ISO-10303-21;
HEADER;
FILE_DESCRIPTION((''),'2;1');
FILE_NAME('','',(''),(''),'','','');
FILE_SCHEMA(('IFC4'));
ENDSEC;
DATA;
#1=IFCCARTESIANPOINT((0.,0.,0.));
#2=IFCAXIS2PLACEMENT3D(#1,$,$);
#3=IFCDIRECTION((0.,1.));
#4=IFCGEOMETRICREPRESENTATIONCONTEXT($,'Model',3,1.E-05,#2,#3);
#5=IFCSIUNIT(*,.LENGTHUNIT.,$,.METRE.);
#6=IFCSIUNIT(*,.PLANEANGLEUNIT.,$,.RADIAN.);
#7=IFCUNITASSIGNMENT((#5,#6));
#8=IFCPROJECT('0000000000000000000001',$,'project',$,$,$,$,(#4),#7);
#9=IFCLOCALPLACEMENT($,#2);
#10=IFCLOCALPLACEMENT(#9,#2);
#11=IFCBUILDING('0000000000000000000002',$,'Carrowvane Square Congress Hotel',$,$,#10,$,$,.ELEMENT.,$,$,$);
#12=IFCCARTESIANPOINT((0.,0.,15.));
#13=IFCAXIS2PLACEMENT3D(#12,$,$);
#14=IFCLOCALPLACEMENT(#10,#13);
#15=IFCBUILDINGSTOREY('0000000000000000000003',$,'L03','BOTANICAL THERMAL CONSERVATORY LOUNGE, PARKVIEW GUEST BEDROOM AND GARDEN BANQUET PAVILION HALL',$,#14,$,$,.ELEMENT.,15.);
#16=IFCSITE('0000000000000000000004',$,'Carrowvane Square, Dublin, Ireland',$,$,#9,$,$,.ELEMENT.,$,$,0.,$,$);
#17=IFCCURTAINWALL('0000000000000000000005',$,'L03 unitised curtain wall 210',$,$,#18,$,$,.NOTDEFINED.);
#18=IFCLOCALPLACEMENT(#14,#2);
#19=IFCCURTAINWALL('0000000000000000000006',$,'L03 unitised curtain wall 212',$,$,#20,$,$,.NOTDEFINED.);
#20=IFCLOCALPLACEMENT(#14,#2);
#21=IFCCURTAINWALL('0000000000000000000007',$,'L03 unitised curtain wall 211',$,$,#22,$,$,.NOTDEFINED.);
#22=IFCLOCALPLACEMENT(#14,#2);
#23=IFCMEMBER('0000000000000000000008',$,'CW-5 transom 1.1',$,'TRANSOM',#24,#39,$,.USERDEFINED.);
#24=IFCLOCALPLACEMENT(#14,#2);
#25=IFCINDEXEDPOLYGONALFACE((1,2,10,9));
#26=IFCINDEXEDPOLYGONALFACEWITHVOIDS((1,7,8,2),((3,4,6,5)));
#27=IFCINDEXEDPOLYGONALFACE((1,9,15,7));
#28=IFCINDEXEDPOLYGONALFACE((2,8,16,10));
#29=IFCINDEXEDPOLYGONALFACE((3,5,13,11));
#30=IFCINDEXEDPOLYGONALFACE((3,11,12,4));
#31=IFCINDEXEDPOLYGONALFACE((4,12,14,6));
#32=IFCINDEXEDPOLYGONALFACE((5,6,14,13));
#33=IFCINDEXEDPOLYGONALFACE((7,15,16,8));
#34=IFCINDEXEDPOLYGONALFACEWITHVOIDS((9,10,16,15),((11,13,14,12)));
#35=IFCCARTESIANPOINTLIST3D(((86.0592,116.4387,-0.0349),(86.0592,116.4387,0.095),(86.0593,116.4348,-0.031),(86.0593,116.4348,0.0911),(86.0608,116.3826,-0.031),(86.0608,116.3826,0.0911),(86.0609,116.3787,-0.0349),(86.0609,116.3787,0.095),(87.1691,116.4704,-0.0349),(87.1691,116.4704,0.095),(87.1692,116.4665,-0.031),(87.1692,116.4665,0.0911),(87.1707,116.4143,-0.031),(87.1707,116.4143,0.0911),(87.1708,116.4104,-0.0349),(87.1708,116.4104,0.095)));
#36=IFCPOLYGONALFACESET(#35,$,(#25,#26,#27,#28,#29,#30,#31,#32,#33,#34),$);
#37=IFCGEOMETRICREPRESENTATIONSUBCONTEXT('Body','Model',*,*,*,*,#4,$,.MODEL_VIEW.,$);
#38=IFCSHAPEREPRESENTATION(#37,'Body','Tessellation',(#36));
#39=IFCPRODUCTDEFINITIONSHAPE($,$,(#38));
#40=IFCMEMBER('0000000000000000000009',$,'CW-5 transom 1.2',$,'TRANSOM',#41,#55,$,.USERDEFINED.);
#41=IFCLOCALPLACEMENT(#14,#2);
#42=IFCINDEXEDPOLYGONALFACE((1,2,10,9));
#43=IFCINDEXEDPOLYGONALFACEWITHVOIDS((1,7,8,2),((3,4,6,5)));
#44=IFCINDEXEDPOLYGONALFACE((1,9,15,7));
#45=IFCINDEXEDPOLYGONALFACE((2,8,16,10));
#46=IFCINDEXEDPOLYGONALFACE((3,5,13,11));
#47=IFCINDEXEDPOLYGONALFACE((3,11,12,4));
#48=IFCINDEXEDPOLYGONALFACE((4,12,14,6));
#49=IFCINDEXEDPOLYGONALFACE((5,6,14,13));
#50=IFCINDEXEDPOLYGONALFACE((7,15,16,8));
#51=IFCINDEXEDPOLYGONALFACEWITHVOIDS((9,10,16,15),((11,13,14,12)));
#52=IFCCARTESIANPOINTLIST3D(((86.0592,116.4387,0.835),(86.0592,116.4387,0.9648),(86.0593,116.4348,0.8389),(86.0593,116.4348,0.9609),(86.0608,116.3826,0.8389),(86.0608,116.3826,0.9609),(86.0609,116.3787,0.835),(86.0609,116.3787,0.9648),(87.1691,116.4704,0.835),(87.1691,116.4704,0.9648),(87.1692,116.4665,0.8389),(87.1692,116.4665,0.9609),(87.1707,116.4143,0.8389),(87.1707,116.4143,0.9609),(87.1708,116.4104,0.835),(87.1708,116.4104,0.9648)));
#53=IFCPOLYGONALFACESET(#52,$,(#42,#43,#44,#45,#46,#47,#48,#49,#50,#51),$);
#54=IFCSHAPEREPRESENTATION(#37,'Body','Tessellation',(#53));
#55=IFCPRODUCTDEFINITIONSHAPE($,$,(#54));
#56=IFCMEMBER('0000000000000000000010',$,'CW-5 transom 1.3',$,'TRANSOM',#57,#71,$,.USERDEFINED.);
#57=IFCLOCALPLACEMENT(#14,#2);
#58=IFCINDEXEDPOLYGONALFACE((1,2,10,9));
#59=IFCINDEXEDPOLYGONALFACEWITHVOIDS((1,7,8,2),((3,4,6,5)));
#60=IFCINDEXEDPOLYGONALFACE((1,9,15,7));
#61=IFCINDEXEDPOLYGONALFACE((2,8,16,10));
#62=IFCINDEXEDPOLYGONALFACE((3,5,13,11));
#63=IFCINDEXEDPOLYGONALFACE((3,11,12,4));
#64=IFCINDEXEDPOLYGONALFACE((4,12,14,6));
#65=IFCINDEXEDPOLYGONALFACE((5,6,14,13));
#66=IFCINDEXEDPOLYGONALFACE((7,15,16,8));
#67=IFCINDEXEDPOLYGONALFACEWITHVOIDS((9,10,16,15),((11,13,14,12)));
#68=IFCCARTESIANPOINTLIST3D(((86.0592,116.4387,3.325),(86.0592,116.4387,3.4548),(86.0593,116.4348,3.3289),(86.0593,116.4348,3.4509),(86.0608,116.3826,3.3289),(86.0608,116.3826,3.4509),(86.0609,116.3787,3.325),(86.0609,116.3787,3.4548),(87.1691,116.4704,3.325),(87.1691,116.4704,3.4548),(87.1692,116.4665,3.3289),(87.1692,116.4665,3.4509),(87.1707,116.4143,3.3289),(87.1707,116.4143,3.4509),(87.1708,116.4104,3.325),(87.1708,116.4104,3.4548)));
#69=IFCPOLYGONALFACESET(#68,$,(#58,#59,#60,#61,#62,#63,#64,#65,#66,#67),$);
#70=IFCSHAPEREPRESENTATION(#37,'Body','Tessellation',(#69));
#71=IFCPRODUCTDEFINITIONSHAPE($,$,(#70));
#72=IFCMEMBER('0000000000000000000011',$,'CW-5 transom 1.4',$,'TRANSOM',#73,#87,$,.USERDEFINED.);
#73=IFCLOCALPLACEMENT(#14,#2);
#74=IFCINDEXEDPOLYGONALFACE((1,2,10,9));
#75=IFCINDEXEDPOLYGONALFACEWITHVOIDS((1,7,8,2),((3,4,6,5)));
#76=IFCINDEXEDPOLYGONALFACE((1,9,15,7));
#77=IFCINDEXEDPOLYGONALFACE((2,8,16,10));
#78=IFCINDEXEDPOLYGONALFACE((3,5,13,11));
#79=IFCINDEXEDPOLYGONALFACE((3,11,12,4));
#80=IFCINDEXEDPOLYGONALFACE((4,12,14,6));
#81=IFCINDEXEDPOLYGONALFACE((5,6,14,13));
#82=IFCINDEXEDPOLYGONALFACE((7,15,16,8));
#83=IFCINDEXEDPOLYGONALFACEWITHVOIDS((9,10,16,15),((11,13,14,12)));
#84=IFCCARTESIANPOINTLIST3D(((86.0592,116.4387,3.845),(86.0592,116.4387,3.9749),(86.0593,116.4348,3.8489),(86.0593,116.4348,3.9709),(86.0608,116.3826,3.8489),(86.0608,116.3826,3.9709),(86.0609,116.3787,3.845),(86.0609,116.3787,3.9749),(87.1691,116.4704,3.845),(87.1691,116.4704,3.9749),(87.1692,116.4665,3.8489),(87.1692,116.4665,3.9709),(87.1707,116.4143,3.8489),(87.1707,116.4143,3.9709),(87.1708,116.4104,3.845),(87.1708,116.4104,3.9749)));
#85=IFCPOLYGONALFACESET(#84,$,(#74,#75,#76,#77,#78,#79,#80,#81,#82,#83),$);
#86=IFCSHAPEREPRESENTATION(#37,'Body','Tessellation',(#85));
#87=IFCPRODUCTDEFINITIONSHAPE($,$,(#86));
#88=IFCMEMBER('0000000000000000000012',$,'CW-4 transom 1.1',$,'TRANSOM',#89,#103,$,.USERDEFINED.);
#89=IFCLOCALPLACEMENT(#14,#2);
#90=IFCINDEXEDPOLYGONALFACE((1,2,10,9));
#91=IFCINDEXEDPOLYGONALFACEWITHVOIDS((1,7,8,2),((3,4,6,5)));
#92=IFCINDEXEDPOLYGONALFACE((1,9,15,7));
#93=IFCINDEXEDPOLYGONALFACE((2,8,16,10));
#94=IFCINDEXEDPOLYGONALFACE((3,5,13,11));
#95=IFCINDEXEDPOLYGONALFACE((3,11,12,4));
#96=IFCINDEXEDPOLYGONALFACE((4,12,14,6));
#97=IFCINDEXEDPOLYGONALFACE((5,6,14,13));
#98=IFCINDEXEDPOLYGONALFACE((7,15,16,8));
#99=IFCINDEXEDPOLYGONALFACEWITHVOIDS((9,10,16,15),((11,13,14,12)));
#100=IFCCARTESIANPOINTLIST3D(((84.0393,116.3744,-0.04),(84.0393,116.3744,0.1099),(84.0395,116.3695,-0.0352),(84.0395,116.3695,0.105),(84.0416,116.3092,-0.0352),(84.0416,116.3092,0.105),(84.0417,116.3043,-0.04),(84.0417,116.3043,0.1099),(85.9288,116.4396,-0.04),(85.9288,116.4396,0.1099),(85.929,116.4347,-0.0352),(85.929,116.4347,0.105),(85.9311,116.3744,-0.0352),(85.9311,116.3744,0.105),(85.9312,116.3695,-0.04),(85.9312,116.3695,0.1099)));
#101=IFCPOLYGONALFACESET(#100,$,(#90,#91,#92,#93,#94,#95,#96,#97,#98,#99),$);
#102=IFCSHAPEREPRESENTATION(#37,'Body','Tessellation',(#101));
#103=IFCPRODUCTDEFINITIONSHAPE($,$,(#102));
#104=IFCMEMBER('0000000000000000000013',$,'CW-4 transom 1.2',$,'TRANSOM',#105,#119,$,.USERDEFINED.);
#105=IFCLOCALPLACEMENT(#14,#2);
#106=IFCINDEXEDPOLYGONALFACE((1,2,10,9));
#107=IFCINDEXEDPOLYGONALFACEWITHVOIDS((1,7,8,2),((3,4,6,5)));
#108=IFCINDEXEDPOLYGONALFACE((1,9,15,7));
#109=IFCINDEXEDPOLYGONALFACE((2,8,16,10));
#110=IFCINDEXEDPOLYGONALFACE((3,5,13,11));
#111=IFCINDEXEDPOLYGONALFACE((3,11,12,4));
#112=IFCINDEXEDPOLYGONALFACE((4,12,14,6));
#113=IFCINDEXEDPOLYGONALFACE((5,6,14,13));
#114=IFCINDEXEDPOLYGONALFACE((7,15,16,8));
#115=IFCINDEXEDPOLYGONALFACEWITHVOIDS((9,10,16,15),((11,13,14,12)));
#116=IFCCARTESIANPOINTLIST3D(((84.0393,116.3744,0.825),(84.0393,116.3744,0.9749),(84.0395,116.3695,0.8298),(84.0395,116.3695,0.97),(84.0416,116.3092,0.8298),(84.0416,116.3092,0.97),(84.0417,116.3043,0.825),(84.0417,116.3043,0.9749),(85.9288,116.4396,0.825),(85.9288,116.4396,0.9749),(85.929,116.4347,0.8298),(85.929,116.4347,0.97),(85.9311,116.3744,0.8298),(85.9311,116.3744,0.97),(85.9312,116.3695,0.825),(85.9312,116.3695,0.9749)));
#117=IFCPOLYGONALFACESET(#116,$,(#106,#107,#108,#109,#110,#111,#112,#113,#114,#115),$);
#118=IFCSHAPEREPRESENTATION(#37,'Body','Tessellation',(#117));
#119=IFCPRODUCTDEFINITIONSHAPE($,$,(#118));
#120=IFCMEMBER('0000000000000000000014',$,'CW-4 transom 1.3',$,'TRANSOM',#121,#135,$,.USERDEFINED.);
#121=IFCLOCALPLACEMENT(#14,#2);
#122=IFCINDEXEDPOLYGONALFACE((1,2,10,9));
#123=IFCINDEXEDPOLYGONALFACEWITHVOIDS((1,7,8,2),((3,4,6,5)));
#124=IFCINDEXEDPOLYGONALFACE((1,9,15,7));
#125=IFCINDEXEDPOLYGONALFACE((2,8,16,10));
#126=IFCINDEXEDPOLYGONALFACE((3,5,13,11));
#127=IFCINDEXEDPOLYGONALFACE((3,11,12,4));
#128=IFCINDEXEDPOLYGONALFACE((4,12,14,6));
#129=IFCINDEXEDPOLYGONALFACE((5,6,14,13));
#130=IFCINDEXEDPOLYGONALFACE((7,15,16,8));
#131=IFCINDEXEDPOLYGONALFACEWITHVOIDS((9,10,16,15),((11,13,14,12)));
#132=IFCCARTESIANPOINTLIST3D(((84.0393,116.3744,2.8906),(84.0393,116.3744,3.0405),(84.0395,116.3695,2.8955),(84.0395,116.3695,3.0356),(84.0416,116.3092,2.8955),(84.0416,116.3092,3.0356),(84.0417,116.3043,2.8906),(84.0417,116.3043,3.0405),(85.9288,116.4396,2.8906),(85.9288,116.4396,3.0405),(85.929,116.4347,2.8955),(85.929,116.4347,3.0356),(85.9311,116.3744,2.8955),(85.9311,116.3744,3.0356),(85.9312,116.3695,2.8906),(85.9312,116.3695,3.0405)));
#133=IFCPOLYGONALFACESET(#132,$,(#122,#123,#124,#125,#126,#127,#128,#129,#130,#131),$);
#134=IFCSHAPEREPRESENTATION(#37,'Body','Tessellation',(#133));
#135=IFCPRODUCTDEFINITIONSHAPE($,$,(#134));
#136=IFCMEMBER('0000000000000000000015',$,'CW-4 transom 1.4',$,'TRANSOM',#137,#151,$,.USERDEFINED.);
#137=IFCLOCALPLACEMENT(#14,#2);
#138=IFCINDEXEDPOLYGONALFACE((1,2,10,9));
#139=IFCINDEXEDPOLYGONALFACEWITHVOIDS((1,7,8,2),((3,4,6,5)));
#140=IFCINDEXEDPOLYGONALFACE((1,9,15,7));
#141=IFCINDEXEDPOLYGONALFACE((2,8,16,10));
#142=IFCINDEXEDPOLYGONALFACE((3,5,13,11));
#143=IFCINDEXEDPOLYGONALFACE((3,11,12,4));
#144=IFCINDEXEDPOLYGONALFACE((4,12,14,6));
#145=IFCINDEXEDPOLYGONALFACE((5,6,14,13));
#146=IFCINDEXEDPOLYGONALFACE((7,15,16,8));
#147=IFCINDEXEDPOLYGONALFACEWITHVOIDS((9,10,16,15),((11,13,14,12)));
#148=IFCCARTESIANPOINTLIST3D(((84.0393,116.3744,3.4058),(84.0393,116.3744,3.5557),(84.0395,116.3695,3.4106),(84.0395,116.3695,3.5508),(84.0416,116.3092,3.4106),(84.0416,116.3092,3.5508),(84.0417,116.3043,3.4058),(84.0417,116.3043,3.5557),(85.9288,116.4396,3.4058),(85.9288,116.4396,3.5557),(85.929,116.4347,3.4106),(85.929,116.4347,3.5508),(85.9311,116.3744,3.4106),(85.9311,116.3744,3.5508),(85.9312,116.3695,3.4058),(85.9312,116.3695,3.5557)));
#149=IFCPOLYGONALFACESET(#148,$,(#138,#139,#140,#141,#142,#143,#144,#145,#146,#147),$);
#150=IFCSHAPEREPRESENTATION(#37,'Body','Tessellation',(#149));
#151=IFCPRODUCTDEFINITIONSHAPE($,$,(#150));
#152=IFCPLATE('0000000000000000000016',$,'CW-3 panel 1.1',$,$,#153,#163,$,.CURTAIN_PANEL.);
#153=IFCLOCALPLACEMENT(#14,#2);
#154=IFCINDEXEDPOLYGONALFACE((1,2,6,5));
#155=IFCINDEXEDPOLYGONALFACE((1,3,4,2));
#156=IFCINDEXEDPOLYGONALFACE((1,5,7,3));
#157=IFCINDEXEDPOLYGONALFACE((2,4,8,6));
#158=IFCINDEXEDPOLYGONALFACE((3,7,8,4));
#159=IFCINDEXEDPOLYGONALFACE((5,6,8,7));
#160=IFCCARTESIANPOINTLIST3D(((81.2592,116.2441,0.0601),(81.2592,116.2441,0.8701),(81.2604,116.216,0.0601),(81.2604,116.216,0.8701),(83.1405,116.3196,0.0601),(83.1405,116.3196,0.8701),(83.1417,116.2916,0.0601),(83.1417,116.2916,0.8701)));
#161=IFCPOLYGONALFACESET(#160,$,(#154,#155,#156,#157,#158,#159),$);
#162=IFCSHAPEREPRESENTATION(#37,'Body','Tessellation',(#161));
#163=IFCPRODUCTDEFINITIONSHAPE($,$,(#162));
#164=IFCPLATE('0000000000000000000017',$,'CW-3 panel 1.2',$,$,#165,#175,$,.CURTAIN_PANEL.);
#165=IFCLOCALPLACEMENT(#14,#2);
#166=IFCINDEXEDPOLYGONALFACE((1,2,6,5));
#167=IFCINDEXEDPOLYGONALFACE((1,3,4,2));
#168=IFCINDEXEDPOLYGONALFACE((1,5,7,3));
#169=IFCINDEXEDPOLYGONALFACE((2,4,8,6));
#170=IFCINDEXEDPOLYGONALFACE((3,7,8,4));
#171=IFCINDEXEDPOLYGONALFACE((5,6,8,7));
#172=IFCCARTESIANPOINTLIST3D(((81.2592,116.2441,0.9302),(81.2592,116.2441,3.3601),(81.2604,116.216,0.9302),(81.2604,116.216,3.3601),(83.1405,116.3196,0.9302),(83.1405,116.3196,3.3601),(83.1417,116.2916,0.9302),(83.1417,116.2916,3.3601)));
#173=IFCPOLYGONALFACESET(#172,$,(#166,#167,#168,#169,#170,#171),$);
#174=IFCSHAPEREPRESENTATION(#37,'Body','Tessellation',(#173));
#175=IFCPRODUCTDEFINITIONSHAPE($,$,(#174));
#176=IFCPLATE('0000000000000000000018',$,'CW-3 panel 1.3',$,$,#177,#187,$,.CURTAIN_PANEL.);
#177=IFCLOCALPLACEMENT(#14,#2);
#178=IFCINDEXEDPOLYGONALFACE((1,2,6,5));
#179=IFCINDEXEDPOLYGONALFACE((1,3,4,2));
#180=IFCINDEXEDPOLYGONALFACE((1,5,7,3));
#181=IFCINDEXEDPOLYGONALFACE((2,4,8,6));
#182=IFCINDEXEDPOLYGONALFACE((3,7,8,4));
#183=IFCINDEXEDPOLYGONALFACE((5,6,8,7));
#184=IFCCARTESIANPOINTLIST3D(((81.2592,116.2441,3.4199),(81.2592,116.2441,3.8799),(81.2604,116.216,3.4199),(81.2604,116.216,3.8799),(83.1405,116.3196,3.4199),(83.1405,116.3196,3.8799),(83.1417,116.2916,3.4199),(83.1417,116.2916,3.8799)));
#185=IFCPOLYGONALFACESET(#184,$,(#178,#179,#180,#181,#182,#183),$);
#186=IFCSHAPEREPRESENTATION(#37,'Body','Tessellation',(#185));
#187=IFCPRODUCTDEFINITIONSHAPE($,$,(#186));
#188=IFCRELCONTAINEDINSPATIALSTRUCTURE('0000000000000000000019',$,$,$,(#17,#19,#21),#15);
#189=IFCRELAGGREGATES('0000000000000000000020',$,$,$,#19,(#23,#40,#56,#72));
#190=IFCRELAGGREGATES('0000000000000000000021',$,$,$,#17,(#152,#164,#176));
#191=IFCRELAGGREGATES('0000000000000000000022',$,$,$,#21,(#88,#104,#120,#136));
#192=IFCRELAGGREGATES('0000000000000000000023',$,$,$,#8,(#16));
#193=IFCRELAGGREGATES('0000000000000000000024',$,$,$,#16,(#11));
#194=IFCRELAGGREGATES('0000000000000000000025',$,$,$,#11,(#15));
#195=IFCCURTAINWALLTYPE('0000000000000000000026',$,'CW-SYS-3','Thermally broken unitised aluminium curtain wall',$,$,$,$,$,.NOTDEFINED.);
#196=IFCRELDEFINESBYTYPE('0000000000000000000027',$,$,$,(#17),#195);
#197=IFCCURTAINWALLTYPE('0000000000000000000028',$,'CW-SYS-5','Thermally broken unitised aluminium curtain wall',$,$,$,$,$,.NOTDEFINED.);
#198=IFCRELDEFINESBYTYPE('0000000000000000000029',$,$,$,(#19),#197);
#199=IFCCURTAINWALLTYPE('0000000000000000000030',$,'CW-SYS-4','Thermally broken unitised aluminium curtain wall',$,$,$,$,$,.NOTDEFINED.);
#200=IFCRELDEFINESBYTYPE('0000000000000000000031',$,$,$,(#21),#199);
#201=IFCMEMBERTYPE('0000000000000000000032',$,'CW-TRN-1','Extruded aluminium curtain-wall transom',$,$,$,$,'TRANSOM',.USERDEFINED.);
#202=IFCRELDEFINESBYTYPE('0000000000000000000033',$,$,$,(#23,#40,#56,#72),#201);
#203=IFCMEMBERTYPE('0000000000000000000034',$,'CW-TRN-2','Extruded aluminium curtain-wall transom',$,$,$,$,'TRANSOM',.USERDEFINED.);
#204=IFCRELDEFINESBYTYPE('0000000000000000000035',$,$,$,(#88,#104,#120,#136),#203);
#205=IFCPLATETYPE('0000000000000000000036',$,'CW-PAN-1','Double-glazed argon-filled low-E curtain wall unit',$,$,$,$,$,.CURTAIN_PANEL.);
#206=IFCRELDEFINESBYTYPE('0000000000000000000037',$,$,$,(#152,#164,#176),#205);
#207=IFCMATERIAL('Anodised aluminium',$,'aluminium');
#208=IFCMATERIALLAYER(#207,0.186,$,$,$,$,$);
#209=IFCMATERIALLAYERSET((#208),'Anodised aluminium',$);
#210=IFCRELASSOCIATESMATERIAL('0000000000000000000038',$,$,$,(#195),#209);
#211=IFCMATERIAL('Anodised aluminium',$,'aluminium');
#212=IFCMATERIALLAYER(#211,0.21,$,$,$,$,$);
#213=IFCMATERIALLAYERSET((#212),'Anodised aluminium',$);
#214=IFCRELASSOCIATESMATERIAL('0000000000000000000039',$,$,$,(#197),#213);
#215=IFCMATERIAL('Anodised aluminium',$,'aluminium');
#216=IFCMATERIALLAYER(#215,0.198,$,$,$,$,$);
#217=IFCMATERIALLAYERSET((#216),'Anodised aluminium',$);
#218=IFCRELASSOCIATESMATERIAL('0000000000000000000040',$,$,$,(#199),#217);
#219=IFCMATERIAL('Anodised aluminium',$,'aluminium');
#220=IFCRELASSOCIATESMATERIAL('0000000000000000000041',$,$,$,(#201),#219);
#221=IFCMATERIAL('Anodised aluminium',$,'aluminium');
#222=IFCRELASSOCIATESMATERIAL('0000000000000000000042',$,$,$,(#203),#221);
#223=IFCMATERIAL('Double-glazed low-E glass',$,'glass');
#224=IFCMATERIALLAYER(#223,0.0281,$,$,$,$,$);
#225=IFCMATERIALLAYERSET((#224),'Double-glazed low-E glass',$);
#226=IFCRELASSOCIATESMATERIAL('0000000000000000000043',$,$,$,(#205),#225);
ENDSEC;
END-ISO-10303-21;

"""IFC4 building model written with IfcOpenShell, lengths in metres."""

from ifc_helpers import new_model, si_unit, direction, frame, origin, origin_2d, place, context, subcontext, project, spatial, rectangle, hollow_rectangle, extrude, material, layer, layer_set, material_profile, profile_set, type_object, element, aggregate, save


model = new_model("IFC4")

# Units and contexts
model_context = context("Model", 3, precision=1e-05, world=origin(), true_north=direction((0.0, 1.0)))
body_context = subcontext(model_context, "Body", "Model", "MODEL_VIEW")
ifc_project = project(units=[si_unit("LENGTHUNIT", "METRE"), si_unit("PLANEANGLEUNIT", "RADIAN")], contexts=[model_context])

# Site, building, storey
site_placement = place(None, origin())
site = spatial("IfcSite", under=ifc_project, at=site_placement, Name="Carrowvane Square, Dublin, Ireland", CompositionType="ELEMENT", RefElevation=0.0)
building_placement = place(site_placement, origin())
building = spatial("IfcBuilding", under=site, at=building_placement, Name="Carrowvane Square Congress Hotel", CompositionType="ELEMENT")
storey_placement = place(building_placement, frame((0.0, 0.0, 15.0)))
storey = spatial("IfcBuildingStorey", under=building, at=storey_placement, Name="L03", Description="BOTANICAL THERMAL CONSERVATORY LOUNGE, PARKVIEW GUEST BEDROOM AND GARDEN BANQUET PAVILION HALL", CompositionType="ELEMENT", Elevation=15.0)

# Curtain walls
ifc_material_1 = material(Name="Anodised aluminium", Category="aluminium")
ifc_layer_1 = layer(ifc_material_1, 0.186)
ifc_layer_set_1 = layer_set([ifc_layer_1], Name="Anodised aluminium")
curtain_wall_type_1 = type_object("IfcCurtainWallType", Name="CW-SYS-3", Description="Thermally broken unitised aluminium curtain wall", PredefinedType="NOTDEFINED", material=ifc_layer_set_1)
curtain_wall_1_placement = place(storey_placement, origin())
curtain_wall_1 = element("IfcCurtainWall", 1, at=curtain_wall_1_placement, inside=storey, type_object=curtain_wall_type_1, Name="L03 unitised curtain wall 210", PredefinedType="NOTDEFINED")
ifc_material_2 = material(Name="Anodised aluminium", Category="aluminium")
ifc_layer_2 = layer(ifc_material_2, 0.21)
ifc_layer_set_2 = layer_set([ifc_layer_2], Name="Anodised aluminium")
curtain_wall_type_2 = type_object("IfcCurtainWallType", Name="CW-SYS-5", Description="Thermally broken unitised aluminium curtain wall", PredefinedType="NOTDEFINED", material=ifc_layer_set_2)
curtain_wall_2_placement = place(storey_placement, origin())
curtain_wall_2 = element("IfcCurtainWall", 2, at=curtain_wall_2_placement, inside=storey, type_object=curtain_wall_type_2, Name="L03 unitised curtain wall 212", PredefinedType="NOTDEFINED")

# Curtain wall
ifc_material_3 = material(Name="Anodised aluminium", Category="aluminium")
ifc_layer_3 = layer(ifc_material_3, 0.198)
ifc_layer_set_3 = layer_set([ifc_layer_3], Name="Anodised aluminium")
curtain_wall_type_3 = type_object("IfcCurtainWallType", Name="CW-SYS-4", Description="Thermally broken unitised aluminium curtain wall", PredefinedType="NOTDEFINED", material=ifc_layer_set_3)
curtain_wall_3_placement = place(storey_placement, origin())
curtain_wall_3 = element("IfcCurtainWall", 3, at=curtain_wall_3_placement, inside=storey, type_object=curtain_wall_type_3, Name="L03 unitised curtain wall 211", PredefinedType="NOTDEFINED")

# Members
ifc_material_4 = material(Name="Anodised aluminium", Category="aluminium")
ifc_material_profile_1 = material_profile(ifc_material_4, hollow_rectangle(XDim=0.0601, YDim=0.1299, WallThickness=0.0039, at=origin_2d()), Name="CW-TR 60x130x4")
ifc_profile_set_1 = profile_set([ifc_material_profile_1], Name="Anodised aluminium")
member_type_1 = type_object("IfcMemberType", Name="CW-TRN-1", Description="Extruded aluminium curtain-wall transom", ElementType="TRANSOM", PredefinedType="USERDEFINED", material=ifc_profile_set_1)
member_1_placement = place(storey_placement, frame((86.0601, 116.4087, 0.03), z_axis=(0.999591, 0.028585, 0.0), x_axis=(-0.028585, 0.999591, 0.0)))
member_1 = element("IfcMember", 4, at=member_1_placement, type_object=member_type_1, Name="CW-5 transom 1.1", ObjectType="TRANSOM", PredefinedType="USERDEFINED", context=body_context, shape_type="SweptSolid", body=[
    extrude(hollow_rectangle(XDim=0.0601, YDim=0.1299, WallThickness=0.0039, at=origin_2d()), origin(), (0.0, 0.0, 1.0), 1.1104),
])
member_2_placement = place(storey_placement, frame((86.0601, 116.4087, 0.8999), z_axis=(0.999591, 0.028585, 0.0), x_axis=(-0.028585, 0.999591, 0.0)))
member_2 = element("IfcMember", 5, at=member_2_placement, type_object=member_type_1, Name="CW-5 transom 1.2", ObjectType="TRANSOM", PredefinedType="USERDEFINED", context=body_context, shape_type="SweptSolid", body=[
    extrude(hollow_rectangle(XDim=0.0601, YDim=0.1299, WallThickness=0.0039, at=origin_2d()), origin(), (0.0, 0.0, 1.0), 1.1104),
])
member_3_placement = place(storey_placement, frame((86.0601, 116.4087, 3.3899), z_axis=(0.999591, 0.028585, 0.0), x_axis=(-0.028585, 0.999591, 0.0)))
member_3 = element("IfcMember", 6, at=member_3_placement, type_object=member_type_1, Name="CW-5 transom 1.3", ObjectType="TRANSOM", PredefinedType="USERDEFINED", context=body_context, shape_type="SweptSolid", body=[
    extrude(hollow_rectangle(XDim=0.0601, YDim=0.1299, WallThickness=0.0039, at=origin_2d()), origin(), (0.0, 0.0, 1.0), 1.1104),
])
member_4_placement = place(storey_placement, frame((86.0601, 116.4087, 3.9099), z_axis=(0.999591, 0.028585, 0.0), x_axis=(-0.028585, 0.999591, 0.0)))
member_4 = element("IfcMember", 7, at=member_4_placement, type_object=member_type_1, Name="CW-5 transom 1.4", ObjectType="TRANSOM", PredefinedType="USERDEFINED", context=body_context, shape_type="SweptSolid", body=[
    extrude(hollow_rectangle(XDim=0.0601, YDim=0.1299, WallThickness=0.0039, at=origin_2d()), origin(), (0.0, 0.0, 1.0), 1.1104),
])
aggregate(curtain_wall_2, [member_1, member_2, member_3, member_4])
ifc_material_5 = material(Name="Anodised aluminium", Category="aluminium")
ifc_material_profile_2 = material_profile(ifc_material_5, hollow_rectangle(XDim=0.0701, YDim=0.1499, WallThickness=0.0049, at=origin_2d()), Name="CW-TR 70x150x5")
ifc_profile_set_2 = profile_set([ifc_material_profile_2], Name="Anodised aluminium")
member_type_2 = type_object("IfcMemberType", Name="CW-TRN-2", Description="Extruded aluminium curtain-wall transom", ElementType="TRANSOM", PredefinedType="USERDEFINED", material=ifc_profile_set_2)
member_5_placement = place(storey_placement, frame((84.0405, 116.3394, 0.0349), z_axis=(0.999405, 0.03448, 0.0), x_axis=(-0.03448, 0.999405, 0.0)))
member_5 = element("IfcMember", 8, at=member_5_placement, type_object=member_type_2, Name="CW-4 transom 1.1", ObjectType="TRANSOM", PredefinedType="USERDEFINED", context=body_context, shape_type="SweptSolid", body=[
    extrude(hollow_rectangle(XDim=0.0701, YDim=0.1499, WallThickness=0.0049, at=origin_2d()), origin(), (0.0, 0.0, 1.0), 1.8906),
])
member_6_placement = place(storey_placement, frame((84.0405, 116.3394, 0.8999), z_axis=(0.999405, 0.03448, 0.0), x_axis=(-0.03448, 0.999405, 0.0)))
member_6 = element("IfcMember", 9, at=member_6_placement, type_object=member_type_2, Name="CW-4 transom 1.2", ObjectType="TRANSOM", PredefinedType="USERDEFINED", context=body_context, shape_type="SweptSolid", body=[
    extrude(hollow_rectangle(XDim=0.0701, YDim=0.1499, WallThickness=0.0049, at=origin_2d()), origin(), (0.0, 0.0, 1.0), 1.8906),
])
member_7_placement = place(storey_placement, frame((84.0405, 116.3394, 2.9656), z_axis=(0.999405, 0.03448, 0.0), x_axis=(-0.03448, 0.999405, 0.0)))
member_7 = element("IfcMember", 10, at=member_7_placement, type_object=member_type_2, Name="CW-4 transom 1.3", ObjectType="TRANSOM", PredefinedType="USERDEFINED", context=body_context, shape_type="SweptSolid", body=[
    extrude(hollow_rectangle(XDim=0.0701, YDim=0.1499, WallThickness=0.0049, at=origin_2d()), origin(), (0.0, 0.0, 1.0), 1.8906),
])
member_8_placement = place(storey_placement, frame((84.0405, 116.3394, 3.4807), z_axis=(0.999405, 0.03448, 0.0), x_axis=(-0.03448, 0.999405, 0.0)))
member_8 = element("IfcMember", 11, at=member_8_placement, type_object=member_type_2, Name="CW-4 transom 1.4", ObjectType="TRANSOM", PredefinedType="USERDEFINED", context=body_context, shape_type="SweptSolid", body=[
    extrude(hollow_rectangle(XDim=0.0701, YDim=0.1499, WallThickness=0.0049, at=origin_2d()), origin(), (0.0, 0.0, 1.0), 1.8906),
])

# Plates
ifc_material_6 = material(Name="Double-glazed low-E glass", Category="glass")
ifc_layer_4 = layer(ifc_material_6, 0.0281)
ifc_layer_set_4 = layer_set([ifc_layer_4], Name="Double-glazed low-E glass")
plate_type_1 = type_object("IfcPlateType", Name="CW-PAN-1", Description="Double-glazed argon-filled low-E curtain wall unit", PredefinedType="CURTAIN_PANEL", material=ifc_layer_set_4)
plate_1_placement = place(storey_placement, frame((82.2004, 116.2678, 0.0601), z_axis=(0.0, 0.0, 1.0), x_axis=(0.999194, 0.040136, 0.0)))
plate_1 = element("IfcPlate", 12, at=plate_1_placement, type_object=plate_type_1, Name="CW-3 panel 1.1", PredefinedType="CURTAIN_PANEL", context=body_context, shape_type="SweptSolid", body=[
    extrude(rectangle(XDim=1.8828, YDim=0.0281, at=origin_2d()), origin(), (0.0, 0.0, 1.0), 0.8101),
])
plate_2_placement = place(storey_placement, frame((82.2004, 116.2678, 0.9302), z_axis=(0.0, 0.0, 1.0), x_axis=(0.999194, 0.040136, 0.0)))
plate_2 = element("IfcPlate", 13, at=plate_2_placement, type_object=plate_type_1, Name="CW-3 panel 1.2", PredefinedType="CURTAIN_PANEL", context=body_context, shape_type="SweptSolid", body=[
    extrude(rectangle(XDim=1.8828, YDim=0.0281, at=origin_2d()), origin(), (0.0, 0.0, 1.0), 2.4299),
])
plate_3_placement = place(storey_placement, frame((82.2004, 116.2678, 3.4199), z_axis=(0.0, 0.0, 1.0), x_axis=(0.999194, 0.040136, 0.0)))
plate_3 = element("IfcPlate", 14, at=plate_3_placement, type_object=plate_type_1, Name="CW-3 panel 1.3", PredefinedType="CURTAIN_PANEL", context=body_context, shape_type="SweptSolid", body=[
    extrude(rectangle(XDim=1.8828, YDim=0.0281, at=origin_2d()), origin(), (0.0, 0.0, 1.0), 0.46),
])
aggregate(curtain_wall_1, [plate_1, plate_2, plate_3])
aggregate(curtain_wall_3, [member_5, member_6, member_7, member_8])

save(model, "model.ifc")
